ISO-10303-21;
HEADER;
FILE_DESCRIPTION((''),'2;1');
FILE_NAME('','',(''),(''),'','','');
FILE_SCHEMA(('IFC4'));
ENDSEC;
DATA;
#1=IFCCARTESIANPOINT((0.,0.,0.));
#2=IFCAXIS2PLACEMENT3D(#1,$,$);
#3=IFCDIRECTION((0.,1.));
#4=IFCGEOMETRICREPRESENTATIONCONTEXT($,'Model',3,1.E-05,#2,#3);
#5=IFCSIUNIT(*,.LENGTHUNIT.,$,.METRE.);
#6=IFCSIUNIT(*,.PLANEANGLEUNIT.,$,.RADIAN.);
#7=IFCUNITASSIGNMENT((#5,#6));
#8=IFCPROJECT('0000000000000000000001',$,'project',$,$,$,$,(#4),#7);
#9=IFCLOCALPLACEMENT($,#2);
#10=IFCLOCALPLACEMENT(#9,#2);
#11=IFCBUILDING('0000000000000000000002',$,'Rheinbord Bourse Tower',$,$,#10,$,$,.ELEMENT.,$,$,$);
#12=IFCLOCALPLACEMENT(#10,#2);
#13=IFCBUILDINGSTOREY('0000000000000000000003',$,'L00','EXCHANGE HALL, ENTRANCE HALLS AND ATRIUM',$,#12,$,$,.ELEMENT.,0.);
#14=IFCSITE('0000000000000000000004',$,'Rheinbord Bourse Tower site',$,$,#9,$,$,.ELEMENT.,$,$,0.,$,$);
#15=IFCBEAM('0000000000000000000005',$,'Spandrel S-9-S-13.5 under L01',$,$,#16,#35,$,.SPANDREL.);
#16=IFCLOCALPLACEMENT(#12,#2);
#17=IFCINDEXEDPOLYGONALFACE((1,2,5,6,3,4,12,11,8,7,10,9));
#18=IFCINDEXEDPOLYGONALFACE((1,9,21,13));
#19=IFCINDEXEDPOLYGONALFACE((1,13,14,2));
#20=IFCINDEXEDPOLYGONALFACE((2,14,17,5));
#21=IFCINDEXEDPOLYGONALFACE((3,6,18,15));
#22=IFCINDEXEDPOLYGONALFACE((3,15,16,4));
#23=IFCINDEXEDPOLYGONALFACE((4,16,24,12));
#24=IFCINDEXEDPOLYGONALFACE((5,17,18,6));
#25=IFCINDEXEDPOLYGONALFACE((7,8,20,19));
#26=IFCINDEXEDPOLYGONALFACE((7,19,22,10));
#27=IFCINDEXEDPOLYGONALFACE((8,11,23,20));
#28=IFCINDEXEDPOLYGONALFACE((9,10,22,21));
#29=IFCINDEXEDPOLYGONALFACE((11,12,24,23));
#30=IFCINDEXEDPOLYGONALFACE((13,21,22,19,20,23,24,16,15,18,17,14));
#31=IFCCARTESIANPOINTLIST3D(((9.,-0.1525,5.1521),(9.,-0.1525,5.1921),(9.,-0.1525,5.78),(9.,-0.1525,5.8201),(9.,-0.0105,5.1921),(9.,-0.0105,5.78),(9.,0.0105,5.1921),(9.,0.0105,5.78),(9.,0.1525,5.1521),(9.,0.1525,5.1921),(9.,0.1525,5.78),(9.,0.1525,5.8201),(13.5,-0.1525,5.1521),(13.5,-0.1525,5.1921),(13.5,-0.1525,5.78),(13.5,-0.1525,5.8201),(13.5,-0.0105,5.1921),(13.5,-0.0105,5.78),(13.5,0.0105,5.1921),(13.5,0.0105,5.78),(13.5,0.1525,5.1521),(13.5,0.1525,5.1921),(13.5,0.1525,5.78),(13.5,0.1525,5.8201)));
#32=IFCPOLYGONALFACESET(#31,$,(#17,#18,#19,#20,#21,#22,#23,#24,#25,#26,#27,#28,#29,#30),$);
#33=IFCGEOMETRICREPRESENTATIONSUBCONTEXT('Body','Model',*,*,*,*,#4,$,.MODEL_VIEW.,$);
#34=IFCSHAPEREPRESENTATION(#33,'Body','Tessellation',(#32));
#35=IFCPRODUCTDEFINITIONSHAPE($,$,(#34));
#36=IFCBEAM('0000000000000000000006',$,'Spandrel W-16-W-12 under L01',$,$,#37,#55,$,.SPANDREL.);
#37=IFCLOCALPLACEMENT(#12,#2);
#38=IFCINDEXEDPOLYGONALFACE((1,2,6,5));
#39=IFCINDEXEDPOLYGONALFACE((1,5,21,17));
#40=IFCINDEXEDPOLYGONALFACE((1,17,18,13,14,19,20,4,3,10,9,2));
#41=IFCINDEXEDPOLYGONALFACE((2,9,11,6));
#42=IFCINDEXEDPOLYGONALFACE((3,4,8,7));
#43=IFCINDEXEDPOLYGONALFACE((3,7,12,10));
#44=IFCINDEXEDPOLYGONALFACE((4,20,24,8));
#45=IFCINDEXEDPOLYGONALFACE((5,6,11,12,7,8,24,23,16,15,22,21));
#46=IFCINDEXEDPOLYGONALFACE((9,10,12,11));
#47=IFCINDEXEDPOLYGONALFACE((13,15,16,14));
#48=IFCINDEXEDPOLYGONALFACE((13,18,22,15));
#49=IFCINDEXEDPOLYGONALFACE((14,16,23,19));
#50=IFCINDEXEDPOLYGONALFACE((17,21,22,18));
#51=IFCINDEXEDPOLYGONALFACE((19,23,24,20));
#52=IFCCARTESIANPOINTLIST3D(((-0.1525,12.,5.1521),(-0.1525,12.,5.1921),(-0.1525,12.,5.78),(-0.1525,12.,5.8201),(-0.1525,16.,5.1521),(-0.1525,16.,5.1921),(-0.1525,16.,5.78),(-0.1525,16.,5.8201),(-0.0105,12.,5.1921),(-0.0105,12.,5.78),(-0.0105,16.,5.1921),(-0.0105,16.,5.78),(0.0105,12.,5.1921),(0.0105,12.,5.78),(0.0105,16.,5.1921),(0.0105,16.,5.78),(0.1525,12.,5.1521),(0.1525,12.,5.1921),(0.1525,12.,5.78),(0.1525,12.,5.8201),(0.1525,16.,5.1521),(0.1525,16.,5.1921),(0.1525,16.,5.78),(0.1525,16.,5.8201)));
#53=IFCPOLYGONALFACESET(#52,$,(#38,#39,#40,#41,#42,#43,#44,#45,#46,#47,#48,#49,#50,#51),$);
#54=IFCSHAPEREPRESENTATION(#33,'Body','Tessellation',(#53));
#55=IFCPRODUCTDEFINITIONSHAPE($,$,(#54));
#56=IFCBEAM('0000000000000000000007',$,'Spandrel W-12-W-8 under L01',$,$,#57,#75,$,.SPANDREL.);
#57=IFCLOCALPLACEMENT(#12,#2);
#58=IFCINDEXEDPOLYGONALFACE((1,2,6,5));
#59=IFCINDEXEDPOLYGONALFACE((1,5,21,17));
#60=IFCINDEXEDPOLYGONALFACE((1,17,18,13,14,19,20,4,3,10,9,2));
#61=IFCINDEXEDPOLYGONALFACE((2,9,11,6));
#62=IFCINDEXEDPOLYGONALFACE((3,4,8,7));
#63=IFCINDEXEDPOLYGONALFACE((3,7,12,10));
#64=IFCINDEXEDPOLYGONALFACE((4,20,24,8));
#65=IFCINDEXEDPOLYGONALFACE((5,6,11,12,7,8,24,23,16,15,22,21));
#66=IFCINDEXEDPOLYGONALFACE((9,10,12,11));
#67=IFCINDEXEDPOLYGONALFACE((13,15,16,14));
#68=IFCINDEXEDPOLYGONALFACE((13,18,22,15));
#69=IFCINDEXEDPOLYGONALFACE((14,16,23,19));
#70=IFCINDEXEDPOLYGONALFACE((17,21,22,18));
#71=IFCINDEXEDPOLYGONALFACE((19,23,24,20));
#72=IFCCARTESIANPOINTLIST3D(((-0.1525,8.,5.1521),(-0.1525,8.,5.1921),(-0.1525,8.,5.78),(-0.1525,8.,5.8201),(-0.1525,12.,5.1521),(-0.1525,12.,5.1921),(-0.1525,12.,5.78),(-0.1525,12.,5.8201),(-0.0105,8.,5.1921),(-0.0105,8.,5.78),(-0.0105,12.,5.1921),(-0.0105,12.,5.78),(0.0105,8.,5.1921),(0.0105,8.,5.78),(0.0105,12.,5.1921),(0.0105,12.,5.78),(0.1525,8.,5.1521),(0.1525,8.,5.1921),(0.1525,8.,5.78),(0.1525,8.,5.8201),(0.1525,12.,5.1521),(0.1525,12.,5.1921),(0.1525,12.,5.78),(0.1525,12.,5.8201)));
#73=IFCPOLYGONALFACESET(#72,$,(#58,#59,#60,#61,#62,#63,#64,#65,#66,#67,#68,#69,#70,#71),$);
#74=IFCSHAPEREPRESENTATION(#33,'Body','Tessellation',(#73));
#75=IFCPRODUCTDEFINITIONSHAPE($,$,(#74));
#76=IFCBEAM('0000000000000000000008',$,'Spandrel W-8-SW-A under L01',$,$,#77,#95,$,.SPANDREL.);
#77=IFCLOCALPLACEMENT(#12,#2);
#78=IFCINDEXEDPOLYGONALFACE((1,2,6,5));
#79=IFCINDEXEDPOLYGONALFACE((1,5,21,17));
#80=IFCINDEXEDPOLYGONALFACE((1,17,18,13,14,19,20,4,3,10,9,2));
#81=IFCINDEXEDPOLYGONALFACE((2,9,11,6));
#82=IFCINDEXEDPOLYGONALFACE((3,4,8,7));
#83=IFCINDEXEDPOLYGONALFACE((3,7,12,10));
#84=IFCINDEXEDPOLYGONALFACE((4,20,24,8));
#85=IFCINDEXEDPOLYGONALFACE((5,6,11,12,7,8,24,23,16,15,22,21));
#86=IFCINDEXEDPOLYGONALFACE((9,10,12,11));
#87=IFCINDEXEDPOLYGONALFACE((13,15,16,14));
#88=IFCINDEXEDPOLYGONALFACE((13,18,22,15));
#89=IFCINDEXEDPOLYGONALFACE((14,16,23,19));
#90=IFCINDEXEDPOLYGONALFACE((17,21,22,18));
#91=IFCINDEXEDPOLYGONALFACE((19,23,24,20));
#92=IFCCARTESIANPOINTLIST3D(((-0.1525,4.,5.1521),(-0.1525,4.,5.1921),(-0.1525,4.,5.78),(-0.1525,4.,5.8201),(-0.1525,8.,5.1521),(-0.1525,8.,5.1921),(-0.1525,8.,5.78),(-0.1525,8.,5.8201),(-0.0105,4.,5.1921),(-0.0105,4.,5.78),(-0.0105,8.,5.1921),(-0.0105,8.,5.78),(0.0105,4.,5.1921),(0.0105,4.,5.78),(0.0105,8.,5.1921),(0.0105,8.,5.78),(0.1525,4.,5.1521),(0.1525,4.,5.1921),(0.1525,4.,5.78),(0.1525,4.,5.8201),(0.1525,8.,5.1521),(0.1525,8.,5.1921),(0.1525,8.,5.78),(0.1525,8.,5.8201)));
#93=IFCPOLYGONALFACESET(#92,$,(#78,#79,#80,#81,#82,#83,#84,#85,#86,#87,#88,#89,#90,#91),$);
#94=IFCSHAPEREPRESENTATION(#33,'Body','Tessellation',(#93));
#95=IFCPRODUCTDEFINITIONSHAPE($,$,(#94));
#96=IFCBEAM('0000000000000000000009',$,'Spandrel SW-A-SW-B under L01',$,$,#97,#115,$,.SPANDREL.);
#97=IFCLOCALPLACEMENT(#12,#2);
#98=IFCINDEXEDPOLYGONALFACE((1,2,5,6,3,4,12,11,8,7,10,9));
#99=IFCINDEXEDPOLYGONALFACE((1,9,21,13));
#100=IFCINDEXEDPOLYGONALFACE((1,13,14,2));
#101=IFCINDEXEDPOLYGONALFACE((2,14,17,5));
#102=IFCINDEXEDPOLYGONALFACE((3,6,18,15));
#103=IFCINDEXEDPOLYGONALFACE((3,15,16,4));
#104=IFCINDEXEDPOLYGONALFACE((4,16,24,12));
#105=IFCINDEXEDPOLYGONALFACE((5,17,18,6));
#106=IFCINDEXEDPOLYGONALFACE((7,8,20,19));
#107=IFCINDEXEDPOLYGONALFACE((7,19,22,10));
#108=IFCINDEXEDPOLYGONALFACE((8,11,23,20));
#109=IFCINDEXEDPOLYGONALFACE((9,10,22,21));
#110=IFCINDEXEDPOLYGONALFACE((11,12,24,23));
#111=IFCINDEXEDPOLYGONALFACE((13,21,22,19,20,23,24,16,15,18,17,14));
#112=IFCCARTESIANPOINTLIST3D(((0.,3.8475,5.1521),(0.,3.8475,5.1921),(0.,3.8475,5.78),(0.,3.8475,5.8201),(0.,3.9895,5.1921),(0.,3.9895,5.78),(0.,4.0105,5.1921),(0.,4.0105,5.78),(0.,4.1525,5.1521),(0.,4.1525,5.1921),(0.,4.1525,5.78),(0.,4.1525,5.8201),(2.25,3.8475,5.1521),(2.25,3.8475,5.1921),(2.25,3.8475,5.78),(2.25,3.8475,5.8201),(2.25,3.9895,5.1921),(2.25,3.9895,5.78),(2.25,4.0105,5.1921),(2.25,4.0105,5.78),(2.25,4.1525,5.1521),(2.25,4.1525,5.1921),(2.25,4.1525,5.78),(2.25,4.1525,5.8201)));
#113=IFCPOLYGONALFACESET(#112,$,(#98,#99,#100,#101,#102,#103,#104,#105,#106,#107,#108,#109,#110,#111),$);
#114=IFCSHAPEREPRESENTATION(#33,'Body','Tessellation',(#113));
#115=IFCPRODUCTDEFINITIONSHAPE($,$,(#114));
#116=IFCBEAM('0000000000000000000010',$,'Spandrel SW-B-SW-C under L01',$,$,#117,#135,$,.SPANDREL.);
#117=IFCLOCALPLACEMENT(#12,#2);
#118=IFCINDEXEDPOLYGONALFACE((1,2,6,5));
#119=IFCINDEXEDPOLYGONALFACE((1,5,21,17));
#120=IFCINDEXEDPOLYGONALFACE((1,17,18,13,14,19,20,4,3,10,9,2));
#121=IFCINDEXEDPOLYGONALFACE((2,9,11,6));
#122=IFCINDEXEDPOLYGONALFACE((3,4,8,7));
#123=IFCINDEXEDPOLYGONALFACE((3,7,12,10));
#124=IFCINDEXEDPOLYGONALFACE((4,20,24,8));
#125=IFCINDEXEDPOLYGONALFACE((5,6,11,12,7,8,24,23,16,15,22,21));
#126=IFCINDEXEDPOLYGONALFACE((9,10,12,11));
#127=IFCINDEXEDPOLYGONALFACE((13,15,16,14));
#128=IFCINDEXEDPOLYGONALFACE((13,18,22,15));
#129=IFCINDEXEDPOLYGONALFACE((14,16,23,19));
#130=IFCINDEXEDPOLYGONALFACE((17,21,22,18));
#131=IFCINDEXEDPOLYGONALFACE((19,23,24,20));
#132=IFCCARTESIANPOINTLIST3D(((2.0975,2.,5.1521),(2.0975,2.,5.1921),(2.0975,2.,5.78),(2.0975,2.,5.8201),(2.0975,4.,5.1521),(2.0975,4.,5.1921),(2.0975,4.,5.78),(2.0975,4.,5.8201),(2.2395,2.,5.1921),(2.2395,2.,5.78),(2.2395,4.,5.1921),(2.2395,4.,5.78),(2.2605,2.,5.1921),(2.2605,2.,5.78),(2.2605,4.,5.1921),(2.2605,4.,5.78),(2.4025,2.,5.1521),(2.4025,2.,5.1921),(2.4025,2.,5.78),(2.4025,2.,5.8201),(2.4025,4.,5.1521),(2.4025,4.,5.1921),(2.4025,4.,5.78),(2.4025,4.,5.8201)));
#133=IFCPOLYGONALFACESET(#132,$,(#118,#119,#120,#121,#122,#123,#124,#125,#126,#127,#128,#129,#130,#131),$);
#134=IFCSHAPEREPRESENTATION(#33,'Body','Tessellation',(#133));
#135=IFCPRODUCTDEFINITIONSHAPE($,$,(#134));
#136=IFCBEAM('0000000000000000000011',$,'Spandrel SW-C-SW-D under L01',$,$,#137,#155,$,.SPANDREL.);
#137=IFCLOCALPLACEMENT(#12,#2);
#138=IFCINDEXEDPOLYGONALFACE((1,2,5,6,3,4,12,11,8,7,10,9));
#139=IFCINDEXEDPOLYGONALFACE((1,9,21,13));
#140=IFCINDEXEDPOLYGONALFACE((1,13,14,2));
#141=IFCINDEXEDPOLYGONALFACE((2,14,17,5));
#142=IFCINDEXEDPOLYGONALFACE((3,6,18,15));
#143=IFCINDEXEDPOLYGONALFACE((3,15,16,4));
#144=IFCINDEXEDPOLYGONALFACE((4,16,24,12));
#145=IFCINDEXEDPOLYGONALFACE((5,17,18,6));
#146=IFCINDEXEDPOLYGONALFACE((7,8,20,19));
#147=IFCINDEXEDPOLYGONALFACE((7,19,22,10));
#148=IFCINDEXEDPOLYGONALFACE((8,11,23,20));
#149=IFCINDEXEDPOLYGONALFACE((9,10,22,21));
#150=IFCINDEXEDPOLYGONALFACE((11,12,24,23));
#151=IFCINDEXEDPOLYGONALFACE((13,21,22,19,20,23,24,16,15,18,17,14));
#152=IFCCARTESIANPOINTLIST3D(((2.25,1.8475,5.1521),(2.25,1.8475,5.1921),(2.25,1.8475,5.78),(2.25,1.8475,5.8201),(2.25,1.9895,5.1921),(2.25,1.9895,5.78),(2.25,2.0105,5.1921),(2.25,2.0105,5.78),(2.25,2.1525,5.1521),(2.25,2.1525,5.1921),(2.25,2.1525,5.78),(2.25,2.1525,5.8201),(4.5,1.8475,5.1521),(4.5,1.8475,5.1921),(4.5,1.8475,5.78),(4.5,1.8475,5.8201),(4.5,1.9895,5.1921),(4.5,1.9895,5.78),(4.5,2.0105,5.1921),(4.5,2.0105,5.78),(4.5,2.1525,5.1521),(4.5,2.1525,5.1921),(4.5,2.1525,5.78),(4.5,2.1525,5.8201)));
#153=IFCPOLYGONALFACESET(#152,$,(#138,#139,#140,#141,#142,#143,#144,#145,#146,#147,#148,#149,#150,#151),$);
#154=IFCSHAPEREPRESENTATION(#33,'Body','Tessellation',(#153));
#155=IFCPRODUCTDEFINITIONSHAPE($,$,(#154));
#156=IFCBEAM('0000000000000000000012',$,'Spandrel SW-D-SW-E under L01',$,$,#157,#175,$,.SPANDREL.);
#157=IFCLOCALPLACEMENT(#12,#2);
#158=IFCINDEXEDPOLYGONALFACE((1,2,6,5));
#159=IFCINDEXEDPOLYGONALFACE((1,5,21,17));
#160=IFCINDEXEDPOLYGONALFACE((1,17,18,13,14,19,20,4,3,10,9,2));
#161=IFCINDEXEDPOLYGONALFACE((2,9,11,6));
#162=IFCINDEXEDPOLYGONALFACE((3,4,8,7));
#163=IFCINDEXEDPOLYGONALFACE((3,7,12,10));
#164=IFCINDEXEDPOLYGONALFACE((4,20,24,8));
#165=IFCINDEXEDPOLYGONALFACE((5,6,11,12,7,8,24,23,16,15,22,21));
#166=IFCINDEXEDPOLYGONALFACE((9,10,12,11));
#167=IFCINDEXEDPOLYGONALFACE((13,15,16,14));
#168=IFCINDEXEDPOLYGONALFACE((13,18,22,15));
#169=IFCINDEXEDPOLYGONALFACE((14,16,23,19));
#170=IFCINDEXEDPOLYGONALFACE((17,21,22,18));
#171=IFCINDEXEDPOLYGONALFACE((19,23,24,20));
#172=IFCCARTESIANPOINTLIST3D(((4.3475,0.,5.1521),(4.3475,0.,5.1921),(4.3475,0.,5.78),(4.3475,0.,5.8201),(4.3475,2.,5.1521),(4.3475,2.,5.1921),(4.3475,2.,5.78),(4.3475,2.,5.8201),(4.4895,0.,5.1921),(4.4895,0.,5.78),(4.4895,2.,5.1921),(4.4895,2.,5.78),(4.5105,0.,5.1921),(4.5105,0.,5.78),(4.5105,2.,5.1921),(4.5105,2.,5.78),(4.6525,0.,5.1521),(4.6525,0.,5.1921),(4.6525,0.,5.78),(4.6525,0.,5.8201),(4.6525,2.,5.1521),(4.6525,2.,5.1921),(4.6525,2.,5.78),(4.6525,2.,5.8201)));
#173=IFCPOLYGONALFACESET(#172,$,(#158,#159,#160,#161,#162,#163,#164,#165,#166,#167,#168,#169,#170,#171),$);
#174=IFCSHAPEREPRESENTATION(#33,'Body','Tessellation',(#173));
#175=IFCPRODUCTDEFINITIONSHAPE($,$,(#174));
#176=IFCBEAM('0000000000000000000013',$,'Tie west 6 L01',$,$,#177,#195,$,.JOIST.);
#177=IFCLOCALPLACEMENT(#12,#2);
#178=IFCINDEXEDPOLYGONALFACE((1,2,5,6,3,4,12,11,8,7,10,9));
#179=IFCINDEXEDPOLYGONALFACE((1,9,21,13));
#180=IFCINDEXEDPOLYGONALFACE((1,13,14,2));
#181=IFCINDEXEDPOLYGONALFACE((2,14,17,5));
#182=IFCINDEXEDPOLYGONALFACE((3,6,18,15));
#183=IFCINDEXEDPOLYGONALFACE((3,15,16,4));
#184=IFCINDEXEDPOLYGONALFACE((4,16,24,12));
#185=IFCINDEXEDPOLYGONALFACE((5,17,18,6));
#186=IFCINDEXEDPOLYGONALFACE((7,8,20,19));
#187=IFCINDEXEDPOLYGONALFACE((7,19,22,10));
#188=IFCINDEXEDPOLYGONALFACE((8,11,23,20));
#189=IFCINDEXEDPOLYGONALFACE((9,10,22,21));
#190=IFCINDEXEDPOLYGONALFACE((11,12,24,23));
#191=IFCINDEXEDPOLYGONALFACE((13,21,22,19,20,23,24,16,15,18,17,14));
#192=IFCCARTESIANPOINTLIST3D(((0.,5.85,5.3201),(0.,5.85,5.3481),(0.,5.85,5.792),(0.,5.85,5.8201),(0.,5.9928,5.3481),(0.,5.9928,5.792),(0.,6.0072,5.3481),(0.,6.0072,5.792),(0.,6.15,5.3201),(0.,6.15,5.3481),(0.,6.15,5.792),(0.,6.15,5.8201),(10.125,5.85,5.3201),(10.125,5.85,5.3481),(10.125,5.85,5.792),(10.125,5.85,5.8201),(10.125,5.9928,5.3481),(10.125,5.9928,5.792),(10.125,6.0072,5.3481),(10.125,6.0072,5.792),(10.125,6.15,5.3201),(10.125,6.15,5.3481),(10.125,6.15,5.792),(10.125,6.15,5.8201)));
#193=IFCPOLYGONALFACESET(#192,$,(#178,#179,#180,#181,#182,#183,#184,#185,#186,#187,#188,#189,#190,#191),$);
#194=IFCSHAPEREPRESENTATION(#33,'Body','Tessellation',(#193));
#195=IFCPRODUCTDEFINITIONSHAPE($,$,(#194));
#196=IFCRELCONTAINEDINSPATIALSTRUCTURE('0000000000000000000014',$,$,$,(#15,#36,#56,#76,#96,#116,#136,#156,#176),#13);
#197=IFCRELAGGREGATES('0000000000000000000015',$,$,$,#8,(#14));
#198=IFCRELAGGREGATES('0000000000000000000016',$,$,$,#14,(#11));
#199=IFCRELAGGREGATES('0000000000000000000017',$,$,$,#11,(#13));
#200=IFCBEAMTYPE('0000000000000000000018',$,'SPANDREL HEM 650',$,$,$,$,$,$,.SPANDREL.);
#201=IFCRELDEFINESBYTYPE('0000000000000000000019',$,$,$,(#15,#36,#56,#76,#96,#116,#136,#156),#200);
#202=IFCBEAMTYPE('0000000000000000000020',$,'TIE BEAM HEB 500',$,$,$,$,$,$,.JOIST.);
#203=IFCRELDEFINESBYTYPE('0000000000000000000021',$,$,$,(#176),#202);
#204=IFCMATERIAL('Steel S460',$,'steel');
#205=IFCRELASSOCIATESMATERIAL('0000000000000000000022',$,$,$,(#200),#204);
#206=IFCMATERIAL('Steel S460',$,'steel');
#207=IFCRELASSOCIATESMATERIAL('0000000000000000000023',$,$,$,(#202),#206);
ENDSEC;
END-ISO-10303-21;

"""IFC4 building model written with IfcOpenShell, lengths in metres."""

from ifc_helpers import new_model, si_unit, direction, frame, origin, origin_2d, place, context, subcontext, project, spatial, i_section, extrude, material, material_profile, profile_set, type_object, element, save


model = new_model("IFC4")

# Units and contexts
model_context = context("Model", 3, precision=1e-05, world=origin(), true_north=direction((0.0, 1.0)))
body_context = subcontext(model_context, "Body", "Model", "MODEL_VIEW")
ifc_project = project(units=[si_unit("LENGTHUNIT", "METRE"), si_unit("PLANEANGLEUNIT", "RADIAN")], contexts=[model_context])

# Site, building, storey
site_placement = place(None, origin())
site = spatial("IfcSite", under=ifc_project, at=site_placement, Name="Rheinbord Bourse Tower site", CompositionType="ELEMENT", RefElevation=0.0)
building_placement = place(site_placement, origin())
building = spatial("IfcBuilding", under=site, at=building_placement, Name="Rheinbord Bourse Tower", CompositionType="ELEMENT")
storey_placement = place(building_placement, origin())
storey = spatial("IfcBuildingStorey", under=building, at=storey_placement, Name="L00", Description="EXCHANGE HALL, ENTRANCE HALLS AND ATRIUM", CompositionType="ELEMENT", Elevation=0.0)

# Beams
ifc_material_1 = material(Name="Steel S460", Category="steel")
ifc_material_profile_1 = material_profile(ifc_material_1, i_section(OverallWidth=0.3049, OverallDepth=0.668, WebThickness=0.021, FlangeThickness=0.04, at=origin_2d()), Name="HEM 650")
ifc_profile_set_1 = profile_set([ifc_material_profile_1], Name="Steel S460")
beam_type_1 = type_object("IfcBeamType", Name="SPANDREL HEM 650", PredefinedType="SPANDREL", material=ifc_profile_set_1)
beam_1_placement = place(storey_placement, frame((9.0, 0.0, 5.4861), z_axis=(1.0, 0.0, 0.0), x_axis=(0.0, 1.0, 0.0)))
element("IfcBeam", 1, at=beam_1_placement, inside=storey, type_object=beam_type_1, Name="Spandrel S-9-S-13.5 under L01", PredefinedType="SPANDREL", context=body_context, shape_type="SweptSolid", body=[
    extrude(i_section(OverallWidth=0.3049, OverallDepth=0.668, WebThickness=0.021, FlangeThickness=0.04, at=origin_2d()), origin(), (0.0, 0.0, 1.0), 4.5),
])
for number, where, z_axis, x_axis, name in (
    (2, (0.0, 16.0, 5.4861), (0.0, -1.0, 0.0), (1.0, 0.0, 0.0), "Spandrel W-16-W-12 under L01"),
    (3, (0.0, 12.0, 5.4861), (0.0, -1.0, 0.0), (1.0, 0.0, 0.0), "Spandrel W-12-W-8 under L01"),
    (4, (0.0, 8.0, 5.4861), (0.0, -1.0, 0.0), (1.0, 0.0, 0.0), "Spandrel W-8-SW-A under L01"),
):
    element("IfcBeam", number, at=place(storey_placement, frame(where, z_axis=z_axis, x_axis=x_axis)), inside=storey, type_object=beam_type_1, Name=name, PredefinedType="SPANDREL", context=body_context, shape_type="SweptSolid", body=[
        extrude(i_section(OverallWidth=0.3049, OverallDepth=0.668, WebThickness=0.021, FlangeThickness=0.04, at=origin_2d()), origin(), (0.0, 0.0, 1.0), 4.0),
    ])
beam_2_placement = place(storey_placement, frame((0.0, 4.0, 5.4861), z_axis=(1.0, 0.0, 0.0), x_axis=(0.0, 1.0, 0.0)))
element("IfcBeam", 5, at=beam_2_placement, inside=storey, type_object=beam_type_1, Name="Spandrel SW-A-SW-B under L01", PredefinedType="SPANDREL", context=body_context, shape_type="SweptSolid", body=[
    extrude(i_section(OverallWidth=0.3049, OverallDepth=0.668, WebThickness=0.021, FlangeThickness=0.04, at=origin_2d()), origin(), (0.0, 0.0, 1.0), 2.25),
])
beam_3_placement = place(storey_placement, frame((2.25, 4.0, 5.4861), z_axis=(0.0, -1.0, 0.0), x_axis=(1.0, 0.0, 0.0)))
element("IfcBeam", 6, at=beam_3_placement, inside=storey, type_object=beam_type_1, Name="Spandrel SW-B-SW-C under L01", PredefinedType="SPANDREL", context=body_context, shape_type="SweptSolid", body=[
    extrude(i_section(OverallWidth=0.3049, OverallDepth=0.668, WebThickness=0.021, FlangeThickness=0.04, at=origin_2d()), origin(), (0.0, 0.0, 1.0), 2.0),
])
beam_4_placement = place(storey_placement, frame((2.25, 2.0, 5.4861), z_axis=(1.0, 0.0, 0.0), x_axis=(0.0, 1.0, 0.0)))
element("IfcBeam", 7, at=beam_4_placement, inside=storey, type_object=beam_type_1, Name="Spandrel SW-C-SW-D under L01", PredefinedType="SPANDREL", context=body_context, shape_type="SweptSolid", body=[
    extrude(i_section(OverallWidth=0.3049, OverallDepth=0.668, WebThickness=0.021, FlangeThickness=0.04, at=origin_2d()), origin(), (0.0, 0.0, 1.0), 2.25),
])
beam_5_placement = place(storey_placement, frame((4.5, 2.0, 5.4861), z_axis=(0.0, -1.0, 0.0), x_axis=(1.0, 0.0, 0.0)))
element("IfcBeam", 8, at=beam_5_placement, inside=storey, type_object=beam_type_1, Name="Spandrel SW-D-SW-E under L01", PredefinedType="SPANDREL", context=body_context, shape_type="SweptSolid", body=[
    extrude(i_section(OverallWidth=0.3049, OverallDepth=0.668, WebThickness=0.021, FlangeThickness=0.04, at=origin_2d()), origin(), (0.0, 0.0, 1.0), 2.0),
])
ifc_material_2 = material(Name="Steel S460", Category="steel")
ifc_material_profile_2 = material_profile(ifc_material_2, i_section(OverallWidth=0.3, OverallDepth=0.5, WebThickness=0.0144, FlangeThickness=0.0281, at=origin_2d()), Name="HEB 500")
ifc_profile_set_2 = profile_set([ifc_material_profile_2], Name="Steel S460")
beam_type_2 = type_object("IfcBeamType", Name="TIE BEAM HEB 500", PredefinedType="JOIST", material=ifc_profile_set_2)
for number, where, z_axis, x_axis, name in (
    (9, (0.0, 6.0, 5.5701), (1.0, 0.0, 0.0), (0.0, 1.0, 0.0), "Tie west 6 L01"),
):
    element("IfcBeam", number, at=place(storey_placement, frame(where, z_axis=z_axis, x_axis=x_axis)), inside=storey, type_object=beam_type_2, Name=name, PredefinedType="JOIST", context=body_context, shape_type="SweptSolid", body=[
        extrude(i_section(OverallWidth=0.3, OverallDepth=0.5, WebThickness=0.0144, FlangeThickness=0.0281, at=origin_2d()), origin(), (0.0, 0.0, 1.0), 10.125),
    ])

save(model, "model.ifc")
